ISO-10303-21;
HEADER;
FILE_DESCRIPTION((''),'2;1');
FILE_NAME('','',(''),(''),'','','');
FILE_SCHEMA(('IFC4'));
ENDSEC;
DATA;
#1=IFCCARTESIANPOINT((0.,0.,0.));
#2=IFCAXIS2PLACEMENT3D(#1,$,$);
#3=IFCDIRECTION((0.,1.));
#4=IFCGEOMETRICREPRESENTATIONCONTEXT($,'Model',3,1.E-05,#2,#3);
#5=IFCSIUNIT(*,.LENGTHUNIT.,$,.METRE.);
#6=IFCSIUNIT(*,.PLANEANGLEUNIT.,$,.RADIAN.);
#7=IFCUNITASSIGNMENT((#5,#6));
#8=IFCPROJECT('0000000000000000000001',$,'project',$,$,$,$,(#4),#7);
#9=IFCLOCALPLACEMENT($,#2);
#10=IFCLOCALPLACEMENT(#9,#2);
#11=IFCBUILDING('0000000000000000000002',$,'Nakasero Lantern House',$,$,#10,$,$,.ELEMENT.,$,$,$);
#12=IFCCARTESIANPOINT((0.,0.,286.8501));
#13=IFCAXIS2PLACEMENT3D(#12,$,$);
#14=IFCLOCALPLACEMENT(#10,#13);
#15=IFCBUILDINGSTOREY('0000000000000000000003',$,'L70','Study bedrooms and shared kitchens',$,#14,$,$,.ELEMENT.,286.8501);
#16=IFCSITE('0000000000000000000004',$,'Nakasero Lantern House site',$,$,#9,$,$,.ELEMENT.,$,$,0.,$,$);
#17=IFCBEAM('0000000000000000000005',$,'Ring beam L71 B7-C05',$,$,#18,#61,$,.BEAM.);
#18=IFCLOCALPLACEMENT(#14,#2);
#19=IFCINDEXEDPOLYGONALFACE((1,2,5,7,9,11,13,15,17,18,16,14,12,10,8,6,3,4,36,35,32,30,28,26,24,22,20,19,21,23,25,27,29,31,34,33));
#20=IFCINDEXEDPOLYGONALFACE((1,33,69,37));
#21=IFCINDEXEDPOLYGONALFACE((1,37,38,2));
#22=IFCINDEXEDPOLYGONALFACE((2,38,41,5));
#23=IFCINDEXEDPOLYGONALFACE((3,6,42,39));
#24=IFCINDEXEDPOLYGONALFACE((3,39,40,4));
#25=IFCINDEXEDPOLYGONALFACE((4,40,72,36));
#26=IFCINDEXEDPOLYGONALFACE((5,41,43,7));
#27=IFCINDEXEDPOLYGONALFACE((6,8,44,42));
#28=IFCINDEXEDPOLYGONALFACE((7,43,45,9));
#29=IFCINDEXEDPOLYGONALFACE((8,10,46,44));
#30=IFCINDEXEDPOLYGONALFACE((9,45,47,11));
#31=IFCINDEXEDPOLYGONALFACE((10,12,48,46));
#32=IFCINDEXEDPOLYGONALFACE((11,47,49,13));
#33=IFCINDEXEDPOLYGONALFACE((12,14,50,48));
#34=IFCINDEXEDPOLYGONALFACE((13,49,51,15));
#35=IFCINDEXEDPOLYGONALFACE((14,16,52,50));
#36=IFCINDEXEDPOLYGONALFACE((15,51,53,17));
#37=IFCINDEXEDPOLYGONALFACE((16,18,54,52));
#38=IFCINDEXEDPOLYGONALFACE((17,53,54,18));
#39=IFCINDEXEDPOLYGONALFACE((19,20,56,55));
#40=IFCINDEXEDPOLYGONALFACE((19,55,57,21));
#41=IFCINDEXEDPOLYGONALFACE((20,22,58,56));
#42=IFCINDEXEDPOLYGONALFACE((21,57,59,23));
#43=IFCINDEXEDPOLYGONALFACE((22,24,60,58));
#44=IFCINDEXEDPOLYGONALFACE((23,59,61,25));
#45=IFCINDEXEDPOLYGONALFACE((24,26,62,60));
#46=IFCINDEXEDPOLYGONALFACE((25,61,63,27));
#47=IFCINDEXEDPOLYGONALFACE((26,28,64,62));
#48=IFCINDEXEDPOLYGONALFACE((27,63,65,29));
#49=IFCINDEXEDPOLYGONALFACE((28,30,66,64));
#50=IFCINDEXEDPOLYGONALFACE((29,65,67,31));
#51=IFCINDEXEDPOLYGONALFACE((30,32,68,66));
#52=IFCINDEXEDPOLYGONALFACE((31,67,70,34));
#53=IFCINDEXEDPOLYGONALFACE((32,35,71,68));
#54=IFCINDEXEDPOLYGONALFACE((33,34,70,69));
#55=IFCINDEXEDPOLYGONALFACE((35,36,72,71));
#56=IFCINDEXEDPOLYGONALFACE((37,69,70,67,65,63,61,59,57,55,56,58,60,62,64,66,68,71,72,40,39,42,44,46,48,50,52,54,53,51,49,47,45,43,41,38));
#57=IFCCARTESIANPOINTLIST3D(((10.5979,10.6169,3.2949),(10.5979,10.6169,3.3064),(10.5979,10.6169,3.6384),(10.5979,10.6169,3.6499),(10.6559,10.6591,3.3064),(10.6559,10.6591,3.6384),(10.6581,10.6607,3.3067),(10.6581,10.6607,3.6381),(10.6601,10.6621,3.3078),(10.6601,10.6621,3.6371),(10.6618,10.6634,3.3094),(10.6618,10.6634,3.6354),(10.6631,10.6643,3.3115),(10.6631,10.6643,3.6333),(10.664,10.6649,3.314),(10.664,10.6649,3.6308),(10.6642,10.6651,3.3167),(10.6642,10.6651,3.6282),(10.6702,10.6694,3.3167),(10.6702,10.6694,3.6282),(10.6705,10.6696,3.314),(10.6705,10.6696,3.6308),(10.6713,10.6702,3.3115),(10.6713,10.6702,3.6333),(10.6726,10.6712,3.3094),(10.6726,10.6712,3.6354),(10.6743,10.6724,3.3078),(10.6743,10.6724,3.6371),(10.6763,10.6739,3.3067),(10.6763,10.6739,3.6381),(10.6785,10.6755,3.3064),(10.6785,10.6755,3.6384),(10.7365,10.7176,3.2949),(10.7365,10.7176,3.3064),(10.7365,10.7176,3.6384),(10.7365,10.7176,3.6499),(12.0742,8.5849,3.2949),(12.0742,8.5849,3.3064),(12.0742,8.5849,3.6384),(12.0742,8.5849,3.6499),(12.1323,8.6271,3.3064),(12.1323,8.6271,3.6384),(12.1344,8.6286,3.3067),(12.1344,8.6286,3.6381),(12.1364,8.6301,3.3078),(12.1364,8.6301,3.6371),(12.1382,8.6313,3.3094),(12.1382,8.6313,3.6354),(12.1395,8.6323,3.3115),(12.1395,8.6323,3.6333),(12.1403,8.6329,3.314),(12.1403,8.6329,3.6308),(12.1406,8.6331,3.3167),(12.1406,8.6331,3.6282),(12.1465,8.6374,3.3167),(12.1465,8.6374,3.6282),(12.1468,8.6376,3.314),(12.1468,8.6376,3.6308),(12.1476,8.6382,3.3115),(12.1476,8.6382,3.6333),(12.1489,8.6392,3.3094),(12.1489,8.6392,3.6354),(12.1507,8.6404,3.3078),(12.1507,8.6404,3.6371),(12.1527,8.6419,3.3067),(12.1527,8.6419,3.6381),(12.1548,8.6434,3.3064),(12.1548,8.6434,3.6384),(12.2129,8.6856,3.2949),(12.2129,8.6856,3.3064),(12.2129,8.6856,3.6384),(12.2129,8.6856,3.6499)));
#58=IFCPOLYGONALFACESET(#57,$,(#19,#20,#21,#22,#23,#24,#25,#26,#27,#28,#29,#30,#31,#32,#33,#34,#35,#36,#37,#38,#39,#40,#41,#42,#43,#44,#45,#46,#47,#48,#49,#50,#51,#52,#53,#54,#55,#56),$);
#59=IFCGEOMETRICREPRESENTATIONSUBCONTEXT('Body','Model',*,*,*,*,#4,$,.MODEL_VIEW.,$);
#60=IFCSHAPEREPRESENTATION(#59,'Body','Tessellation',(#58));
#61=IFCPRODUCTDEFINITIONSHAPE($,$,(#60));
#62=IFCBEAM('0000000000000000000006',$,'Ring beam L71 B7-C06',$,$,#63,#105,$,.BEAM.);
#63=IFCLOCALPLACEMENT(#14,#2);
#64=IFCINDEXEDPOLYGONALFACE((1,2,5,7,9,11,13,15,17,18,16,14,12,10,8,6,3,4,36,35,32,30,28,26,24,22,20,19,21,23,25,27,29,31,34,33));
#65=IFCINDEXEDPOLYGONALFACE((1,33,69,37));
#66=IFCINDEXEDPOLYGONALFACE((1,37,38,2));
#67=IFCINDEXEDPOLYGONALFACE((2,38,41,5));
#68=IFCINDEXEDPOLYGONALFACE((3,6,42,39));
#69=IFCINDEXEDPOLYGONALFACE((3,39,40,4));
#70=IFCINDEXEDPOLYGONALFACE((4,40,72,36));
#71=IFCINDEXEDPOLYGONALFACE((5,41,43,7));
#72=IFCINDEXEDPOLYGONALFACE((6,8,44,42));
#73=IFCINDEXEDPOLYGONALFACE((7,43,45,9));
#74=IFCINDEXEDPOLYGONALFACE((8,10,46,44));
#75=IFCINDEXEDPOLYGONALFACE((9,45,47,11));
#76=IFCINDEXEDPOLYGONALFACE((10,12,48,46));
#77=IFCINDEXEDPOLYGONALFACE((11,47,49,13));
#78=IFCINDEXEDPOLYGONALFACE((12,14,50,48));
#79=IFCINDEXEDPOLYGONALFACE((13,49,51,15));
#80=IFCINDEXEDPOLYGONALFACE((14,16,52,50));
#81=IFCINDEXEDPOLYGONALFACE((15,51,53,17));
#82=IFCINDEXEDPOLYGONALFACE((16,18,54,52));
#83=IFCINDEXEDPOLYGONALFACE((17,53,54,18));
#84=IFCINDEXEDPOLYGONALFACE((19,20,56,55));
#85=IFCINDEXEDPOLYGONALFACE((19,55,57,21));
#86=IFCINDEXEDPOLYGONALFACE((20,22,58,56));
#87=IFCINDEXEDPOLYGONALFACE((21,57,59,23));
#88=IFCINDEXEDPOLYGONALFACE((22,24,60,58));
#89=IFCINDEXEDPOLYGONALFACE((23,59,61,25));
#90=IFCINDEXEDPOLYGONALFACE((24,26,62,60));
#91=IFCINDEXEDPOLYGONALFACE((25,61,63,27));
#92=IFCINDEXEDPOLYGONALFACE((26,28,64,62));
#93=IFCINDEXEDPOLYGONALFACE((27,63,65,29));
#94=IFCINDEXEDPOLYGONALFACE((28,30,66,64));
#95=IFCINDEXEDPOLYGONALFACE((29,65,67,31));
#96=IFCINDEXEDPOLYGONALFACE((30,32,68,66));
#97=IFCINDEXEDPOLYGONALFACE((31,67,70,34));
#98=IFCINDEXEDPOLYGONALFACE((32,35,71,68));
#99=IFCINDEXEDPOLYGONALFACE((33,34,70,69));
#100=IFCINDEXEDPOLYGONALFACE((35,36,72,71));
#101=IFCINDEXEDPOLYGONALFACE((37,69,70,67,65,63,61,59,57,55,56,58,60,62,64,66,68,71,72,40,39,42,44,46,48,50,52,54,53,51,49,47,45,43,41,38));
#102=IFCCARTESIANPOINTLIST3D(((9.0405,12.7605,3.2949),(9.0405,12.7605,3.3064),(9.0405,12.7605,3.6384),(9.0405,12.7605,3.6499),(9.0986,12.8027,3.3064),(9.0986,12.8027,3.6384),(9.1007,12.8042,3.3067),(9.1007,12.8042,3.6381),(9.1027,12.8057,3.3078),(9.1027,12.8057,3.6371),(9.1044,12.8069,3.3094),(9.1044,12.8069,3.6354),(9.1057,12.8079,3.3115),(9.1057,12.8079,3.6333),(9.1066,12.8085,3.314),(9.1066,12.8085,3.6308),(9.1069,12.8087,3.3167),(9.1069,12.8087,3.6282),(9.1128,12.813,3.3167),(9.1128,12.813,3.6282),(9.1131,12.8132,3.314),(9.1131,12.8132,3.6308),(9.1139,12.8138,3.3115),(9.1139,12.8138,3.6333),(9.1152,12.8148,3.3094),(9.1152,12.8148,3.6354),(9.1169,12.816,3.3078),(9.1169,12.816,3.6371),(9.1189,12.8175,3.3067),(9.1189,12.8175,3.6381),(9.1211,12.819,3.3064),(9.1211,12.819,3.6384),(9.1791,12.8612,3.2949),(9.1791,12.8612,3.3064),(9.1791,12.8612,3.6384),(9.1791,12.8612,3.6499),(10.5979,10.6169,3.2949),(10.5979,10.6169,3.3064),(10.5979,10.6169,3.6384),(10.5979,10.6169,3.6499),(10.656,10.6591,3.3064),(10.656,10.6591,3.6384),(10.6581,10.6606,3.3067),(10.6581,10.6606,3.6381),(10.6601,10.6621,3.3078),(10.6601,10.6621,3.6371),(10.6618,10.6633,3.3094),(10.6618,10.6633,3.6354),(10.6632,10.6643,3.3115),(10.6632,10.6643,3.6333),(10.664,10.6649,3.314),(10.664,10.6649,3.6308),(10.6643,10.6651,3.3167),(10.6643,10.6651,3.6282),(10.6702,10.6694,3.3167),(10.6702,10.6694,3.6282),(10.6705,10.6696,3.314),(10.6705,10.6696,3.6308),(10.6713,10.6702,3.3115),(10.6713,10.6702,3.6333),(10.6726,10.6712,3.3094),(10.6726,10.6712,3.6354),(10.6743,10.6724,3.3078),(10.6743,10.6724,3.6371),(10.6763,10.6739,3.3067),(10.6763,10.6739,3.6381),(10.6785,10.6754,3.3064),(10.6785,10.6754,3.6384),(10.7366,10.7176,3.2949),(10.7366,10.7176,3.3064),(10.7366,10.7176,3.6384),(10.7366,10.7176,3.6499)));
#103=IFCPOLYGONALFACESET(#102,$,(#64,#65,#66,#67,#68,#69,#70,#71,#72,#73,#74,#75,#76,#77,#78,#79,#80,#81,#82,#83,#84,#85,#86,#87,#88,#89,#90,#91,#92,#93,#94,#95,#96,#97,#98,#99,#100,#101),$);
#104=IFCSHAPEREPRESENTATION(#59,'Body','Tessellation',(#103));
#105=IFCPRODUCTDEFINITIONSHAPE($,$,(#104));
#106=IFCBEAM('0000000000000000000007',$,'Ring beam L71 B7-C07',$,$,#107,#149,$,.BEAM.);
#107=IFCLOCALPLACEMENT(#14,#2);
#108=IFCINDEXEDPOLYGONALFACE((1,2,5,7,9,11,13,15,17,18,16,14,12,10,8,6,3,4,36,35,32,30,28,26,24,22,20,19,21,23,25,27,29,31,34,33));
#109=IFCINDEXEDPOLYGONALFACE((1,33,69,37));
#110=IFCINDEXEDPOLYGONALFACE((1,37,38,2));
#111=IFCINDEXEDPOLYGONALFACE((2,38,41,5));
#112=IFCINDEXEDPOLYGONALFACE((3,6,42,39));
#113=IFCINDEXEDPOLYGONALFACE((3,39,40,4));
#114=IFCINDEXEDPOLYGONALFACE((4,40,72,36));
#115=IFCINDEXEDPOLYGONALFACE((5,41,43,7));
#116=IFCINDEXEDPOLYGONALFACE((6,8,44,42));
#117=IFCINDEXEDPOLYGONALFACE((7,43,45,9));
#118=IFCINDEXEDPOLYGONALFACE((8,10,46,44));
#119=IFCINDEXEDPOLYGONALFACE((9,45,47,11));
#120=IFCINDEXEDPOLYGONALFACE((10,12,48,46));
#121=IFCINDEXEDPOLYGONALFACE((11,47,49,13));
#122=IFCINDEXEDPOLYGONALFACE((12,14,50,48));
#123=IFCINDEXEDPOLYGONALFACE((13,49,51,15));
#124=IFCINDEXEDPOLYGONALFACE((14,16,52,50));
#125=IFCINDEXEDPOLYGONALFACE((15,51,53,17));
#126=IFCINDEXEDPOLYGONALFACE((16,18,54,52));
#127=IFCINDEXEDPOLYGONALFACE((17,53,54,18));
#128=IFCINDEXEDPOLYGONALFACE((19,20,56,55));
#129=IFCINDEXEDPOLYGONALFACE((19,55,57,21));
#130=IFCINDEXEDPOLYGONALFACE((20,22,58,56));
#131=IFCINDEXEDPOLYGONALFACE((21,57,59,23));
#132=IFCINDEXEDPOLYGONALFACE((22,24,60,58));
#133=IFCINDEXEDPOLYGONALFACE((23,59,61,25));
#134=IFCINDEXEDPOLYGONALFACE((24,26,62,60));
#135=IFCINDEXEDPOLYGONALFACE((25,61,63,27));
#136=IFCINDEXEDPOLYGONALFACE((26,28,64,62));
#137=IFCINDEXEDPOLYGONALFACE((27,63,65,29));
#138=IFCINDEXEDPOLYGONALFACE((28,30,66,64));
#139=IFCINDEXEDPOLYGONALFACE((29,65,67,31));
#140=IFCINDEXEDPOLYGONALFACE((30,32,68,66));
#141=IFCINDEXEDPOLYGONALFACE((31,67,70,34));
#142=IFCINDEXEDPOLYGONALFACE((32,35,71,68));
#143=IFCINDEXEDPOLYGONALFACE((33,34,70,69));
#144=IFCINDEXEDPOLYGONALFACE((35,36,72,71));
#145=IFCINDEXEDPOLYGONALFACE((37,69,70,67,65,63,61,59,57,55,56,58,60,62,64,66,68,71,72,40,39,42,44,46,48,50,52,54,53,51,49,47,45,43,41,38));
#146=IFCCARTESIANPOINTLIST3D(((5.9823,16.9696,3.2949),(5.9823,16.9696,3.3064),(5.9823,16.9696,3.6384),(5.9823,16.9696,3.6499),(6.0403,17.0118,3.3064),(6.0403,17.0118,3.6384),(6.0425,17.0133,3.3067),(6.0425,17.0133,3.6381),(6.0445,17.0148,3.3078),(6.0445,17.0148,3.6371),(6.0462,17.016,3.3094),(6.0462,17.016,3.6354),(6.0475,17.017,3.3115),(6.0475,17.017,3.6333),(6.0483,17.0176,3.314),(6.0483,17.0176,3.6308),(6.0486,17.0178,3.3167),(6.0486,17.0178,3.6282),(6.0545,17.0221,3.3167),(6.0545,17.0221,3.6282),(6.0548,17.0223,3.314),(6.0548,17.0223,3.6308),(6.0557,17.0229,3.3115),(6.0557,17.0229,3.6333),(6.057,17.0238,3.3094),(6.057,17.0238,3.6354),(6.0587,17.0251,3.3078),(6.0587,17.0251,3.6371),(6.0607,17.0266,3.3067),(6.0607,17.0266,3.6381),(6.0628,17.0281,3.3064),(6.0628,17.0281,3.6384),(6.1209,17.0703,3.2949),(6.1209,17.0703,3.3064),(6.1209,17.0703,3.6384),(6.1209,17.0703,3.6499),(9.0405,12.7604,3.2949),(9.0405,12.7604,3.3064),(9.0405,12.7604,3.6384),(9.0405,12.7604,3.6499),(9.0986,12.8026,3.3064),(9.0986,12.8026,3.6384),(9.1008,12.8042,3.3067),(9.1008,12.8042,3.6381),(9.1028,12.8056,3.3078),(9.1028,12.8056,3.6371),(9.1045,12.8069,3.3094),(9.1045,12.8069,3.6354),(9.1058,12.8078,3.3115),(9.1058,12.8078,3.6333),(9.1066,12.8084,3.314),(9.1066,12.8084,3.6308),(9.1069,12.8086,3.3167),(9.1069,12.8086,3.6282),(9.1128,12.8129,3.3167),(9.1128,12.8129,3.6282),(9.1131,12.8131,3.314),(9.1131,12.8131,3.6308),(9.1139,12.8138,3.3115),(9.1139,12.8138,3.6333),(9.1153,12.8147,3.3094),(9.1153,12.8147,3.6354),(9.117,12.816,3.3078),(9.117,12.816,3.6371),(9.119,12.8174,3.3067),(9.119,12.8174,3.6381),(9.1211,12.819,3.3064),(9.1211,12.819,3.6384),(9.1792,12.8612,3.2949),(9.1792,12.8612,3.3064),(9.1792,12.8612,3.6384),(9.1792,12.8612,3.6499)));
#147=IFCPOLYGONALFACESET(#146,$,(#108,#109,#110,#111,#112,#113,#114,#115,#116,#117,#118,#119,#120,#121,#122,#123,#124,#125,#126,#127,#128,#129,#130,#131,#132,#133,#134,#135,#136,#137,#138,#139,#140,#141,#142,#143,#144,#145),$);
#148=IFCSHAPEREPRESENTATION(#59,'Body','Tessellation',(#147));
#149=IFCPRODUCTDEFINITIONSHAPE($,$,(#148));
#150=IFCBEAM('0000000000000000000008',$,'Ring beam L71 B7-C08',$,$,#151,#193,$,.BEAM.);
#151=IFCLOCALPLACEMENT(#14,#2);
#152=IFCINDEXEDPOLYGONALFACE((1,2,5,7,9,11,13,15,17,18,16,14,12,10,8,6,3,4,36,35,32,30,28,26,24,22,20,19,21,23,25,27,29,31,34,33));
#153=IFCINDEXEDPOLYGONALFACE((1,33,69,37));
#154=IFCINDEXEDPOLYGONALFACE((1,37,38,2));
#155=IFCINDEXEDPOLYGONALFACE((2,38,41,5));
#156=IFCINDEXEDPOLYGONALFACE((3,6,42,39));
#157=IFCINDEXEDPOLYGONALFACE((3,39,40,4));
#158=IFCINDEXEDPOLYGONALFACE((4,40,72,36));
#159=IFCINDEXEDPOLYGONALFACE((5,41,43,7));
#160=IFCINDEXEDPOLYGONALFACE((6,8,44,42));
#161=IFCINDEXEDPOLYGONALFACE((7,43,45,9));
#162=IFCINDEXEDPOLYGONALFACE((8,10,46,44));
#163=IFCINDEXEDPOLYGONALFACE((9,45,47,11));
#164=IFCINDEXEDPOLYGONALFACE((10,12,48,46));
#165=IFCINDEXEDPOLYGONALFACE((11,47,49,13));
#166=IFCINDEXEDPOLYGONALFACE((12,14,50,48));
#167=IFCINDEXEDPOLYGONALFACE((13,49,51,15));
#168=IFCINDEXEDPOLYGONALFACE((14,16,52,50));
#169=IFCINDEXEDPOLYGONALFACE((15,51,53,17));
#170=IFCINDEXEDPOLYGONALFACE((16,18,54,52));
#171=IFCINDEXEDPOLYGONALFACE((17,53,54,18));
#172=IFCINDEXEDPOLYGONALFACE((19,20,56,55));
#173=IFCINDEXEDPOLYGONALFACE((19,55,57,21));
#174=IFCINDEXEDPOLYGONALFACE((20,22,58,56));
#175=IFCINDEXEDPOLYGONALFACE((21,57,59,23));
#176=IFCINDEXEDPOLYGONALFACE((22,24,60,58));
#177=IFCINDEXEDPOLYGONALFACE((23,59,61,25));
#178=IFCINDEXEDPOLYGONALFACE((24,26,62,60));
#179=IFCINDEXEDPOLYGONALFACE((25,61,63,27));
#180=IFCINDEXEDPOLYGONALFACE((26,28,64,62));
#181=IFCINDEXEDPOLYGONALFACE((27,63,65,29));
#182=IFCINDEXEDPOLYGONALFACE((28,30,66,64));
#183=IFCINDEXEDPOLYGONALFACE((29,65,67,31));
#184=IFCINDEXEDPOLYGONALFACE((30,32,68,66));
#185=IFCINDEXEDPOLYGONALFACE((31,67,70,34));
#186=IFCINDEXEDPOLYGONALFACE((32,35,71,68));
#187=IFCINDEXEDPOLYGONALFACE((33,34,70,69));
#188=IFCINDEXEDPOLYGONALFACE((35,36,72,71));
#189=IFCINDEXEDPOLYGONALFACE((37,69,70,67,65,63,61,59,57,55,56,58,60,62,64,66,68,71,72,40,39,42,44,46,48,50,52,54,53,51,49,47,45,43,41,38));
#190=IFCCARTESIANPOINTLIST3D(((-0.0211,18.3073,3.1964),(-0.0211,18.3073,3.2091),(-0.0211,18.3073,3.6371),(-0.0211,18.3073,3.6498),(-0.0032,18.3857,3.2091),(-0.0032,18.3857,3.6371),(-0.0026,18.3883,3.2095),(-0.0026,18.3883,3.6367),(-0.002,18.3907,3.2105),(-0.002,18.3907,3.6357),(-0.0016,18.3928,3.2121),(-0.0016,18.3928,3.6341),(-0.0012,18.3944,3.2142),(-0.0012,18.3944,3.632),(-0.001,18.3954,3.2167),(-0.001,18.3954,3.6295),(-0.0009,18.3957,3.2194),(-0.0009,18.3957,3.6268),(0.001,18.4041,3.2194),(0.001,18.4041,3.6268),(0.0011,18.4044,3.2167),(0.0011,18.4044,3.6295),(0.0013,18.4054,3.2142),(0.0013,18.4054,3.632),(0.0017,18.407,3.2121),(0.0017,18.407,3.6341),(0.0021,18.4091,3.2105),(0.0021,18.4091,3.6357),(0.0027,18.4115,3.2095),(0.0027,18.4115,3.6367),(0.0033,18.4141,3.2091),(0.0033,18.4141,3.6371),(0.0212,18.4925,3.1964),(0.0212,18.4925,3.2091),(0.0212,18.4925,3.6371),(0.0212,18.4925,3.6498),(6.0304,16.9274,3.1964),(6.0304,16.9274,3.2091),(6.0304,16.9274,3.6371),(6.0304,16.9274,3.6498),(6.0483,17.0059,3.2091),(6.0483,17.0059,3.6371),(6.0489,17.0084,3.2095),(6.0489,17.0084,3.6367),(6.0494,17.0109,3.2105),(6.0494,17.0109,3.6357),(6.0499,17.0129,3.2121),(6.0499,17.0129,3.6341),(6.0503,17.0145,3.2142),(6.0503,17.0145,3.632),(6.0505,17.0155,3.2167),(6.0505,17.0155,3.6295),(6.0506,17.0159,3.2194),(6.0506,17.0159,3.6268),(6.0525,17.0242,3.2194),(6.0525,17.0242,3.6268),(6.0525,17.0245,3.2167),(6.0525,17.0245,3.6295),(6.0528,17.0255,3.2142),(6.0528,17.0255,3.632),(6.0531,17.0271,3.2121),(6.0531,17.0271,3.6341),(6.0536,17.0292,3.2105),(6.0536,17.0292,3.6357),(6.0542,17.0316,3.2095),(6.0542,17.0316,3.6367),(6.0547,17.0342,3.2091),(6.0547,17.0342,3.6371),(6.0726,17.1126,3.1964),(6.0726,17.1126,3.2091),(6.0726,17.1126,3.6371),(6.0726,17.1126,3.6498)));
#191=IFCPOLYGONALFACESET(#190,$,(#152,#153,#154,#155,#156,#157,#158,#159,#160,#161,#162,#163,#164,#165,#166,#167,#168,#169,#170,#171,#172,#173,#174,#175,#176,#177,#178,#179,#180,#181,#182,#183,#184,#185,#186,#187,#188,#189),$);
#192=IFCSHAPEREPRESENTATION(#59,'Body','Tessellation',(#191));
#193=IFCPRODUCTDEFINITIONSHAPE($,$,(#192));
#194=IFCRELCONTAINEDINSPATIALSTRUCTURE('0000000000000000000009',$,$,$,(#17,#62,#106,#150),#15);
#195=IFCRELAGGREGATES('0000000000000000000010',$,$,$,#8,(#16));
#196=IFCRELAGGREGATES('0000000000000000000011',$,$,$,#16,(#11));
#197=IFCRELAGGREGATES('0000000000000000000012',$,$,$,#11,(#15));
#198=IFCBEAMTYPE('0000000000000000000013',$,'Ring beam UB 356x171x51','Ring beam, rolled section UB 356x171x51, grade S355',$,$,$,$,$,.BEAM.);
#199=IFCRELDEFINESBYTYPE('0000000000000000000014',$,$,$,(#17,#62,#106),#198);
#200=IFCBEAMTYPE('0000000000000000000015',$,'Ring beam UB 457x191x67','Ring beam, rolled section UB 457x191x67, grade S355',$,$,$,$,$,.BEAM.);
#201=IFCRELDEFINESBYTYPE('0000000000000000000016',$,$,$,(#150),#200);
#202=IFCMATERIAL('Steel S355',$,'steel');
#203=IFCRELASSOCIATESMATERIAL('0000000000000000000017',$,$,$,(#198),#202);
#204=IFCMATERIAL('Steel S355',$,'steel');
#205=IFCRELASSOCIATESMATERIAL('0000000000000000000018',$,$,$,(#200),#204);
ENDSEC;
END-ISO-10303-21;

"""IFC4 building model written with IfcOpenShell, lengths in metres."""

from ifc_helpers import new_model, si_unit, direction, frame, origin, origin_2d, place, context, subcontext, project, spatial, i_section, extrude, material, material_profile, profile_set, type_object, element, save


model = new_model("IFC4")

# Units and contexts
model_context = context("Model", 3, precision=1e-05, world=origin(), true_north=direction((0.0, 1.0)))
body_context = subcontext(model_context, "Body", "Model", "MODEL_VIEW")
ifc_project = project(units=[si_unit("LENGTHUNIT", "METRE"), si_unit("PLANEANGLEUNIT", "RADIAN")], contexts=[model_context])

# Site, building, storey
site_placement = place(None, origin())
site = spatial("IfcSite", under=ifc_project, at=site_placement, Name="Nakasero Lantern House site", CompositionType="ELEMENT", RefElevation=0.0)
building_placement = place(site_placement, origin())
building = spatial("IfcBuilding", under=site, at=building_placement, Name="Nakasero Lantern House", CompositionType="ELEMENT")
storey_placement = place(building_placement, frame((0.0, 0.0, 286.8501)))
storey = spatial("IfcBuildingStorey", under=building, at=storey_placement, Name="L70", Description="Study bedrooms and shared kitchens", CompositionType="ELEMENT", Elevation=286.8501)

# Beams
ifc_material_1 = material(Name="Steel S355", Category="steel")
ifc_material_profile_1 = material_profile(ifc_material_1, i_section(OverallWidth=0.1714, OverallDepth=0.355, WebThickness=0.0073, FlangeThickness=0.0115, FilletRadius=0.0103, at=origin_2d()), Name="UB 356x171x51")
ifc_profile_set_1 = profile_set([ifc_material_profile_1], Name="Steel S355")
beam_type_1 = type_object("IfcBeamType", Name="Ring beam UB 356x171x51", Description="Ring beam, rolled section UB 356x171x51, grade S355", PredefinedType="BEAM", material=ifc_profile_set_1)
beam_1_placement = place(storey_placement, frame((12.1436, 8.6353, 3.4724), z_axis=(-0.587784, 0.809018, 0.0), x_axis=(-0.809018, -0.587784, 0.0)))
element("IfcBeam", 1, at=beam_1_placement, inside=storey, type_object=beam_type_1, Name="Ring beam L71 B7-C05", PredefinedType="BEAM", context=body_context, shape_type="SweptSolid", body=[
    extrude(i_section(OverallWidth=0.1714, OverallDepth=0.355, WebThickness=0.0073, FlangeThickness=0.0115, FilletRadius=0.0103, at=origin_2d()), origin(), (0.0, 0.0, 1.0), 2.5117),
])
beam_2_placement = place(storey_placement, frame((10.6672, 10.6672, 3.4724), z_axis=(-0.587783, 0.809019, 0.0), x_axis=(-0.809019, -0.587783, 0.0)))
element("IfcBeam", 2, at=beam_2_placement, inside=storey, type_object=beam_type_1, Name="Ring beam L71 B7-C06", PredefinedType="BEAM", context=body_context, shape_type="SweptSolid", body=[
    extrude(i_section(OverallWidth=0.1714, OverallDepth=0.355, WebThickness=0.0073, FlangeThickness=0.0115, FilletRadius=0.0103, at=origin_2d()), origin(), (0.0, 0.0, 1.0), 2.6497),
])
beam_3_placement = place(storey_placement, frame((9.1099, 12.8108, 3.4724), z_axis=(-0.587806, 0.809002, 0.0), x_axis=(-0.809002, -0.587806, 0.0)))
element("IfcBeam", 3, at=beam_3_placement, inside=storey, type_object=beam_type_1, Name="Ring beam L71 B7-C07", PredefinedType="BEAM", context=body_context, shape_type="SweptSolid", body=[
    extrude(i_section(OverallWidth=0.1714, OverallDepth=0.355, WebThickness=0.0073, FlangeThickness=0.0115, FilletRadius=0.0103, at=origin_2d()), origin(), (0.0, 0.0, 1.0), 5.2029),
])
ifc_material_2 = material(Name="Steel S355", Category="steel")
ifc_material_profile_2 = material_profile(ifc_material_2, i_section(OverallWidth=0.1899, OverallDepth=0.4534, WebThickness=0.0085, FlangeThickness=0.0127, FilletRadius=0.0103, at=origin_2d()), Name="UB 457x191x67")
ifc_profile_set_2 = profile_set([ifc_material_profile_2], Name="Steel S355")
beam_type_2 = type_object("IfcBeamType", Name="Ring beam UB 457x191x67", Description="Ring beam, rolled section UB 457x191x67, grade S355", PredefinedType="BEAM", material=ifc_profile_set_2)
beam_4_placement = place(storey_placement, frame((6.0515, 17.02, 3.4231), z_axis=(-0.974975, 0.222316, 0.0), x_axis=(-0.222316, -0.974975, 0.0)))
element("IfcBeam", 4, at=beam_4_placement, inside=storey, type_object=beam_type_2, Name="Ring beam L71 B7-C08", PredefinedType="BEAM", context=body_context, shape_type="SweptSolid", body=[
    extrude(i_section(OverallWidth=0.1899, OverallDepth=0.4534, WebThickness=0.0085, FlangeThickness=0.0127, FilletRadius=0.0103, at=origin_2d()), origin(), (0.0, 0.0, 1.0), 6.2068),
])

save(model, "model.ifc")
